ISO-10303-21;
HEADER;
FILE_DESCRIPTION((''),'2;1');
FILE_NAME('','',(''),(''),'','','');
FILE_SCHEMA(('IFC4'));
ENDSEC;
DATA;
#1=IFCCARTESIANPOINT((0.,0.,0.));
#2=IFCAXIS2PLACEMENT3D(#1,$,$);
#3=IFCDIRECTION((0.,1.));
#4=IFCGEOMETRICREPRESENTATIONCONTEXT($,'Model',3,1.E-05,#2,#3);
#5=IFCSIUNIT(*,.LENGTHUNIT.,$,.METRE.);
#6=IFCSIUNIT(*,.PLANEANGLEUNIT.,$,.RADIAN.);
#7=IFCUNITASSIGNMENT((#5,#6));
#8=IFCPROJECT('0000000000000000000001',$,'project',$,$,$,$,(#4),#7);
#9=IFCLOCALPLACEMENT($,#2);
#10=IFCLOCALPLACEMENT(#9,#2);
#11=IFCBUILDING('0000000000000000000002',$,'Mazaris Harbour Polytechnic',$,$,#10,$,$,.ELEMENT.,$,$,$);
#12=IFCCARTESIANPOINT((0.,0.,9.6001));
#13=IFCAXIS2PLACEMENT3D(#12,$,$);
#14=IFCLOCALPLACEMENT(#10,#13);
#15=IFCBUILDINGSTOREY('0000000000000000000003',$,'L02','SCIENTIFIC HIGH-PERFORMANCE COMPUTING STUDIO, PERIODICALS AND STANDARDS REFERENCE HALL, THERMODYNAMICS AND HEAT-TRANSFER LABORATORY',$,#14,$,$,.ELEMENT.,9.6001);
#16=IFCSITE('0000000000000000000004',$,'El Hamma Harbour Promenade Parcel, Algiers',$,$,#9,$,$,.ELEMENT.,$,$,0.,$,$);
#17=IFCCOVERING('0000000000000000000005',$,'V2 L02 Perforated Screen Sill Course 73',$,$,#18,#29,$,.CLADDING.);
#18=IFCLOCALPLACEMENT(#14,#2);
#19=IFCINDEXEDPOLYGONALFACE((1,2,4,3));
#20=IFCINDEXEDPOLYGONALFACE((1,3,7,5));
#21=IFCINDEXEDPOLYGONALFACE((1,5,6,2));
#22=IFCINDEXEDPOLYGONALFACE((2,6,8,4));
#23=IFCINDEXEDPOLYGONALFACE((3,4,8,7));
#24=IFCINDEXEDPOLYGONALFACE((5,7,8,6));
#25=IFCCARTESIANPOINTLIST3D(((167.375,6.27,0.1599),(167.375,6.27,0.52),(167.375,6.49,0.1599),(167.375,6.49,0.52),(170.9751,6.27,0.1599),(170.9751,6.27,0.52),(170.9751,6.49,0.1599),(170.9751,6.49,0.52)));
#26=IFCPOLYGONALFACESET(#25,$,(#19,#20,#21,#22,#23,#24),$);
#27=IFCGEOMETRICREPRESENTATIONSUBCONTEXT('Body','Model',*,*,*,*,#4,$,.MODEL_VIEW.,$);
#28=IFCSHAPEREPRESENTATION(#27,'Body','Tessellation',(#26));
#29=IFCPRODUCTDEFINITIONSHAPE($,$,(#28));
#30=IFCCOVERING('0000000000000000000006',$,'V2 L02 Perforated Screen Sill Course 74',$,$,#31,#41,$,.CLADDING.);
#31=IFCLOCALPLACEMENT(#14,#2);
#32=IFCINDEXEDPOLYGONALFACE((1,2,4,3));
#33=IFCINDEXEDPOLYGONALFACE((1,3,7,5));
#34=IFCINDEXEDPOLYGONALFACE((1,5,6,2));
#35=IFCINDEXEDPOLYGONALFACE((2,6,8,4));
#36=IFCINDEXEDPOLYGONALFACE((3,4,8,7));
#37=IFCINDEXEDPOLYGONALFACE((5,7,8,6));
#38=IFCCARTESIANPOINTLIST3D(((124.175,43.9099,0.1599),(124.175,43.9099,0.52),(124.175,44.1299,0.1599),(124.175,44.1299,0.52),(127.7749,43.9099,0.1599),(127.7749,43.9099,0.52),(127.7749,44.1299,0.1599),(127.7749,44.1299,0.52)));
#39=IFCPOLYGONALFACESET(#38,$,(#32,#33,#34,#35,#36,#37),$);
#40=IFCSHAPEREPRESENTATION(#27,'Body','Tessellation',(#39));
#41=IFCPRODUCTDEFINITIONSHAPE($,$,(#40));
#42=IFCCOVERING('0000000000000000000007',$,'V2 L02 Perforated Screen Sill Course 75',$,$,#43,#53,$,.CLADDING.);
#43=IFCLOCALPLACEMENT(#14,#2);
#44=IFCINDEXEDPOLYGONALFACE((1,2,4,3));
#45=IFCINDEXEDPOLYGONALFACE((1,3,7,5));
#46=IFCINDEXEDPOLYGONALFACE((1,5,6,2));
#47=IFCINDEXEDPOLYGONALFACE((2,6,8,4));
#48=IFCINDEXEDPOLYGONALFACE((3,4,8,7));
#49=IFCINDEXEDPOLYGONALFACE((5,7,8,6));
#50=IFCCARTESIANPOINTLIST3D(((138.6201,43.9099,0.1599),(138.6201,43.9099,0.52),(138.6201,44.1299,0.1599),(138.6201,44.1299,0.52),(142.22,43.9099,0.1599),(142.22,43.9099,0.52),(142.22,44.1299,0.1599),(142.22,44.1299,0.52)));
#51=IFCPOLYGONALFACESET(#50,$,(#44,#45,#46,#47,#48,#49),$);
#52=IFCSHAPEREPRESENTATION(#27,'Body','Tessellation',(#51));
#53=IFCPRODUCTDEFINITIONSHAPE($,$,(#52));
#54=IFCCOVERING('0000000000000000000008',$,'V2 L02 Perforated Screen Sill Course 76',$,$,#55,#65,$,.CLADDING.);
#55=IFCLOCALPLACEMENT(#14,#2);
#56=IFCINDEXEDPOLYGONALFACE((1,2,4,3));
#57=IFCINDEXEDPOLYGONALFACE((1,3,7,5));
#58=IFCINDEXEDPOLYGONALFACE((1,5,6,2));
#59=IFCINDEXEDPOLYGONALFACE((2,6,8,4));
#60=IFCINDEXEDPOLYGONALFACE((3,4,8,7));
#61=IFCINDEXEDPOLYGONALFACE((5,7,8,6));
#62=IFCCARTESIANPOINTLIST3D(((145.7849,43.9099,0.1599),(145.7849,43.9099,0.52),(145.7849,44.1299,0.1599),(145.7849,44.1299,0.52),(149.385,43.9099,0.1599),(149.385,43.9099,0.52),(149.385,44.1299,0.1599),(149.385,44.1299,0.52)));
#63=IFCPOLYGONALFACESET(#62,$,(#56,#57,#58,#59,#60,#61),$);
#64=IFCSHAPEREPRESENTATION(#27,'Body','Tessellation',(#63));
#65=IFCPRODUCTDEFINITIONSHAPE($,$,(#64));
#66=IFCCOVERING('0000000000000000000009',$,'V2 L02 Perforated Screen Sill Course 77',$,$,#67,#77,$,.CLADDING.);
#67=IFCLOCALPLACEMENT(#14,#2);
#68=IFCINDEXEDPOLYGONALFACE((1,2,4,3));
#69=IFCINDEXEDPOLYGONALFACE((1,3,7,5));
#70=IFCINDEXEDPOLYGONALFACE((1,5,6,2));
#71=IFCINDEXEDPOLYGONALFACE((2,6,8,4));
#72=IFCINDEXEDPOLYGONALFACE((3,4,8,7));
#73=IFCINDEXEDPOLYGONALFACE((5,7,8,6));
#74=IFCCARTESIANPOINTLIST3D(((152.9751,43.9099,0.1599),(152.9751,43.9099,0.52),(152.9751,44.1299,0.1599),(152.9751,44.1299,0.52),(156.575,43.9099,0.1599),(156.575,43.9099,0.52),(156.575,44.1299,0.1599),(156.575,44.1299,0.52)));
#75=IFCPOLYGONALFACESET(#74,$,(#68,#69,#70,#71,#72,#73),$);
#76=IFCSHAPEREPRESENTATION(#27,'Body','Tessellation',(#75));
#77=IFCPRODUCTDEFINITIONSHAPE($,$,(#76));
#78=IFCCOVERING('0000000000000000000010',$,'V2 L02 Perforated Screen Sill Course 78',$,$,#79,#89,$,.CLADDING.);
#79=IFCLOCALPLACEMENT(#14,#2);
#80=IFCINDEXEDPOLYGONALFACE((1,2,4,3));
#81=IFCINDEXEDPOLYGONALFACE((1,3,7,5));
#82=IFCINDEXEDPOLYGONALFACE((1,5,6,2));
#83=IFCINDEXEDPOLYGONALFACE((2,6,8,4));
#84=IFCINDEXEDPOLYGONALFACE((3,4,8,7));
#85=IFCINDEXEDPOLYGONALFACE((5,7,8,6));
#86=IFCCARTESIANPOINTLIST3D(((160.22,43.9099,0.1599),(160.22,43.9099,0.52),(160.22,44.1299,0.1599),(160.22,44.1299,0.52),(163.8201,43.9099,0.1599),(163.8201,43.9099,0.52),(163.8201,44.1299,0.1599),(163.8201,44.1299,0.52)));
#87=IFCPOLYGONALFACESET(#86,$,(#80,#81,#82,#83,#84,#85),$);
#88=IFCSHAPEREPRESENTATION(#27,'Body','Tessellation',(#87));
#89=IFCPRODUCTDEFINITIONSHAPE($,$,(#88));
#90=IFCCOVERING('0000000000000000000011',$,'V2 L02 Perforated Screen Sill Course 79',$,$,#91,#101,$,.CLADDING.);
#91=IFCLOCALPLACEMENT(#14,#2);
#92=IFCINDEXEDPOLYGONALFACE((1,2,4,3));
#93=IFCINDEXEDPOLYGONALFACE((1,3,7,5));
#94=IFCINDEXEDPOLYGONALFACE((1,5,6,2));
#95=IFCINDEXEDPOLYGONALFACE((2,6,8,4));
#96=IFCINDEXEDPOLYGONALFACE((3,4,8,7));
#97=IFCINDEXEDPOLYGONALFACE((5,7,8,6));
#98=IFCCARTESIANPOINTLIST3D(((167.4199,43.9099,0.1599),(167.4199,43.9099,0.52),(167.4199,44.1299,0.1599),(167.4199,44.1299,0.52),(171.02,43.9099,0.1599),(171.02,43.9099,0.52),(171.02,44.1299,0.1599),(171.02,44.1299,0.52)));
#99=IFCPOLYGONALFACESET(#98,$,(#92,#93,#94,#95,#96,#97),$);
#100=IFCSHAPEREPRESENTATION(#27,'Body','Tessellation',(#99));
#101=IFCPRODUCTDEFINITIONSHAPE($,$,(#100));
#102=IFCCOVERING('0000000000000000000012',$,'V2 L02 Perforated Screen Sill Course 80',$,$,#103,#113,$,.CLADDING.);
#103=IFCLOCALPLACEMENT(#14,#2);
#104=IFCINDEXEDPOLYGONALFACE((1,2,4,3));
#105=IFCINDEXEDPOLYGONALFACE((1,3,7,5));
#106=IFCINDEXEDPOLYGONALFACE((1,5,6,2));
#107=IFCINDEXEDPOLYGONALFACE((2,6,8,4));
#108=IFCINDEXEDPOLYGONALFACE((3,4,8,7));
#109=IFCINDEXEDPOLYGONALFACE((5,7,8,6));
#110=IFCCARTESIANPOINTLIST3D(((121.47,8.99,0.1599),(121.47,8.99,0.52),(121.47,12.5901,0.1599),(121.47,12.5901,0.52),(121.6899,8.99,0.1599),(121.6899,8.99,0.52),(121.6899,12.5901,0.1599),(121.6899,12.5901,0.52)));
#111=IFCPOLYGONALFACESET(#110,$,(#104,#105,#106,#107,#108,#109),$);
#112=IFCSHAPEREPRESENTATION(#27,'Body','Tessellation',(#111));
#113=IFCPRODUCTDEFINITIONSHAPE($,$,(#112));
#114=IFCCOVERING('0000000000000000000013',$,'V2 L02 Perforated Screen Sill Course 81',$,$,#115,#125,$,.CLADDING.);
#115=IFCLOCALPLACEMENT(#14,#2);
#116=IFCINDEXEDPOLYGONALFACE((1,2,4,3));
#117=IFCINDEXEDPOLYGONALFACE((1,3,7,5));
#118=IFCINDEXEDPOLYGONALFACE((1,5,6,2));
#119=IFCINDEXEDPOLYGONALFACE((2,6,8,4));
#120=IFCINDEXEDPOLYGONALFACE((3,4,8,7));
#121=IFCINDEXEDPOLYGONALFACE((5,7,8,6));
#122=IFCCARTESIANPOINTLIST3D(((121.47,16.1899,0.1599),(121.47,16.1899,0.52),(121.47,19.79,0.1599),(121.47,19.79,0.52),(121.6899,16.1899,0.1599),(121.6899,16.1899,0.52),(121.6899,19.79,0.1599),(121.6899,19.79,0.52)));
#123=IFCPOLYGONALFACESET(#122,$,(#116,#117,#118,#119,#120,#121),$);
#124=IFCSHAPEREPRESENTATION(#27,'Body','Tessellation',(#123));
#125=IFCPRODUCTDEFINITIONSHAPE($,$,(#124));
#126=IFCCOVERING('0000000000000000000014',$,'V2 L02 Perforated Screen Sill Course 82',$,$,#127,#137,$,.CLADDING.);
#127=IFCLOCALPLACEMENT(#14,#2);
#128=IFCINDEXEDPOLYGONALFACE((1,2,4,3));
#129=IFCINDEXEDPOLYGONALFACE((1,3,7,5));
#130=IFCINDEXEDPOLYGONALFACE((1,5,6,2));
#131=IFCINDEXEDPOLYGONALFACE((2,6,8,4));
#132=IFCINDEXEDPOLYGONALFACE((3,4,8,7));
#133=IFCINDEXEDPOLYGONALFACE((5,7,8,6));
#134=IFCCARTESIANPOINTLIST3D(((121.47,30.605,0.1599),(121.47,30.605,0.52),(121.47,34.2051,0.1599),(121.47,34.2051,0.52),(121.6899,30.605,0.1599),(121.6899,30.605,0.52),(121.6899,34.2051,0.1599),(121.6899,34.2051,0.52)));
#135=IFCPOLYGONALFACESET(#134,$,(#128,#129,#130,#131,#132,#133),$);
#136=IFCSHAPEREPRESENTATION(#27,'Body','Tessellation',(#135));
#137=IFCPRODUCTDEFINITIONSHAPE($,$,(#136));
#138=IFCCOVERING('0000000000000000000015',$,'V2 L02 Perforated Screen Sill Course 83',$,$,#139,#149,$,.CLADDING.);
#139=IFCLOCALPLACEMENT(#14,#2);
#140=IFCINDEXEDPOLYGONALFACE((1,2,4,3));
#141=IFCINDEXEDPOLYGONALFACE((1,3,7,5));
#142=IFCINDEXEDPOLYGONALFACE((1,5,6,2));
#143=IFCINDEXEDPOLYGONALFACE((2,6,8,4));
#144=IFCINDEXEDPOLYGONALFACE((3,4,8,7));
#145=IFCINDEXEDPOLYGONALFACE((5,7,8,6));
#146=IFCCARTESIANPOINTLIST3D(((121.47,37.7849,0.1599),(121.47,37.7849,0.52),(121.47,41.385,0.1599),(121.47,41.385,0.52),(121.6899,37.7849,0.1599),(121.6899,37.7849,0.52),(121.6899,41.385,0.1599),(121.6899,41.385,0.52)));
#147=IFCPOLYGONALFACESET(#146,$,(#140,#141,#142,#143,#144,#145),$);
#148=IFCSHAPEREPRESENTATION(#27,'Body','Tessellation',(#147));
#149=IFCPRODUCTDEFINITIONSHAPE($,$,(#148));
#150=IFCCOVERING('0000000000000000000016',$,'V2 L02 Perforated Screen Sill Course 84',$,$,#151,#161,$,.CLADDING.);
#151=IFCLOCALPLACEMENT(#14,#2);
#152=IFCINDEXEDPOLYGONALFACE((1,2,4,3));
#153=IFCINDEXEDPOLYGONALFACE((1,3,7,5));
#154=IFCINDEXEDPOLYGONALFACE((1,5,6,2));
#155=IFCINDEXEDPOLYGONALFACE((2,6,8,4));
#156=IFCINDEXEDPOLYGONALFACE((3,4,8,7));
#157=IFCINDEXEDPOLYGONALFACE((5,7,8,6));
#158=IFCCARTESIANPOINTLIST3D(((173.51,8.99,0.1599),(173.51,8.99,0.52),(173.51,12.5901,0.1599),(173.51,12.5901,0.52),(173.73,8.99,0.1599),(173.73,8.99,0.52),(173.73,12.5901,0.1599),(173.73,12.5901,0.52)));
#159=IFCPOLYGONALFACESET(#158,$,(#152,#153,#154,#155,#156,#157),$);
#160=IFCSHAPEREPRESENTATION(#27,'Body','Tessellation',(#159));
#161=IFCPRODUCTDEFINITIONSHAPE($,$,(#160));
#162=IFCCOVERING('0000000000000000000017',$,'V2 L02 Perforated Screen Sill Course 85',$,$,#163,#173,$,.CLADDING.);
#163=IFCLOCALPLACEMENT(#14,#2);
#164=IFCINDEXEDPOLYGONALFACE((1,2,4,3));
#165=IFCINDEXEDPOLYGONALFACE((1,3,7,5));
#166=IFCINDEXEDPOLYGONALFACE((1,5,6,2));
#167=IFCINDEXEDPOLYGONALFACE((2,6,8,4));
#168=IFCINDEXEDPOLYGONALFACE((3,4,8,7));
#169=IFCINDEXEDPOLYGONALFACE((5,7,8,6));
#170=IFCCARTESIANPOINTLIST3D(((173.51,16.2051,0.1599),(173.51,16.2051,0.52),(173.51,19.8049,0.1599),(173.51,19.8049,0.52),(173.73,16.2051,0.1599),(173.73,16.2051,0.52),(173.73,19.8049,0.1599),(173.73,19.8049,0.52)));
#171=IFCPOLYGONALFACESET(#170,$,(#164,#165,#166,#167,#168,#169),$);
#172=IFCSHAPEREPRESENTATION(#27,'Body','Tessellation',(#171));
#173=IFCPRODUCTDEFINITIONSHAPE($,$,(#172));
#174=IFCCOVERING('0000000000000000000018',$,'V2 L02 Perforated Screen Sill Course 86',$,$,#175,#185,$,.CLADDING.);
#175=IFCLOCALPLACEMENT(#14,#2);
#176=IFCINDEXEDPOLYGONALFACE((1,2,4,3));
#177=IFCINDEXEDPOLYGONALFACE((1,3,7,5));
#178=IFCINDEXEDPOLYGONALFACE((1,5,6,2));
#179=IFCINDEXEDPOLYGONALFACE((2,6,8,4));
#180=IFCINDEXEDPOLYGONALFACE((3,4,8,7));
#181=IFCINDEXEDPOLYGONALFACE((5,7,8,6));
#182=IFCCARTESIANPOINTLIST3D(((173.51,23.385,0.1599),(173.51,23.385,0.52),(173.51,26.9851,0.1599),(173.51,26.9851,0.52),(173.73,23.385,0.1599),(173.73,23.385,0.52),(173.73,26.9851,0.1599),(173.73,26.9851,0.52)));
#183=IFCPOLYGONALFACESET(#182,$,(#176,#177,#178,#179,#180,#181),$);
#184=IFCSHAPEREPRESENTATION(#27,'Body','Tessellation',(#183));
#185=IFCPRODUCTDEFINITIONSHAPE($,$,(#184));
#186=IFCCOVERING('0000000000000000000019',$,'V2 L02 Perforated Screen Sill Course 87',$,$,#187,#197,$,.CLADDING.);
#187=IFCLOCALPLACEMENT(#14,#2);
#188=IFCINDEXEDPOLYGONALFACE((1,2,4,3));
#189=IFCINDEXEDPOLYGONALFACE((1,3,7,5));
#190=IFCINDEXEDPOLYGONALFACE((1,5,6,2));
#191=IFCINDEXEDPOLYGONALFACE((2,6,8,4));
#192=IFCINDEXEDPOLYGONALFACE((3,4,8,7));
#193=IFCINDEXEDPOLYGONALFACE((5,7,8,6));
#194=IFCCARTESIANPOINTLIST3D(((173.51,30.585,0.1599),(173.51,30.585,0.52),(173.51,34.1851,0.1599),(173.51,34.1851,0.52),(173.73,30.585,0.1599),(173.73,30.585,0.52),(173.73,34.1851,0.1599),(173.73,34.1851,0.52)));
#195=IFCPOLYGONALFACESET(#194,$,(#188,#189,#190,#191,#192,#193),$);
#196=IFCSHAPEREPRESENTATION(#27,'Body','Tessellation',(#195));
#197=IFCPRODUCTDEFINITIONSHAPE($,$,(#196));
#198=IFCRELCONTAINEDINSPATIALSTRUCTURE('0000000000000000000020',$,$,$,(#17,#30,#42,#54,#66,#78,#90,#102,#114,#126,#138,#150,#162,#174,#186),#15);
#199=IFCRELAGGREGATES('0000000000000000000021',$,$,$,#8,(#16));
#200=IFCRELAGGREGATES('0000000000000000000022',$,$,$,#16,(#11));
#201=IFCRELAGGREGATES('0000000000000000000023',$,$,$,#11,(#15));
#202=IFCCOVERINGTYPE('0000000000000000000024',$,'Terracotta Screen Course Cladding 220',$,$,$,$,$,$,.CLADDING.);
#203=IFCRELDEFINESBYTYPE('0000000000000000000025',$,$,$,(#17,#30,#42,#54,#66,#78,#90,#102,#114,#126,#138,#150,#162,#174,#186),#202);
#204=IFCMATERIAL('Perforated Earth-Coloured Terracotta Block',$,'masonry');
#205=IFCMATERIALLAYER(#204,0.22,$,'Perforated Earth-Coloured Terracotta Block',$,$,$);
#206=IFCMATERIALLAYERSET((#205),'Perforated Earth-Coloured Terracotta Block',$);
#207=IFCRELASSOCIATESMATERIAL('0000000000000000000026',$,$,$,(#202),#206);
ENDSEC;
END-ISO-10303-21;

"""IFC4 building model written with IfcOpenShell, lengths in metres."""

from ifc_helpers import new_model, si_unit, direction, frame, origin, place, context, subcontext, project, spatial, polyline, outline, extrude, material, layer, layer_set, type_object, element, save


model = new_model("IFC4")

# Units and contexts
model_context = context("Model", 3, precision=1e-05, world=origin(), true_north=direction((0.0, 1.0)))
body_context = subcontext(model_context, "Body", "Model", "MODEL_VIEW")
ifc_project = project(units=[si_unit("LENGTHUNIT", "METRE"), si_unit("PLANEANGLEUNIT", "RADIAN")], contexts=[model_context])

# Site, building, storey
site_placement = place(None, origin())
site = spatial("IfcSite", under=ifc_project, at=site_placement, Name="El Hamma Harbour Promenade Parcel, Algiers", CompositionType="ELEMENT", RefElevation=0.0)
building_placement = place(site_placement, origin())
building = spatial("IfcBuilding", under=site, at=building_placement, Name="Mazaris Harbour Polytechnic", CompositionType="ELEMENT")
storey_placement = place(building_placement, frame((0.0, 0.0, 9.6001)))
storey = spatial("IfcBuildingStorey", under=building, at=storey_placement, Name="L02", Description="SCIENTIFIC HIGH-PERFORMANCE COMPUTING STUDIO, PERIODICALS AND STANDARDS REFERENCE HALL, THERMODYNAMICS AND HEAT-TRANSFER LABORATORY", CompositionType="ELEMENT", Elevation=9.6001)

# Coverings
ifc_material = material(Name="Perforated Earth-Coloured Terracotta Block", Category="masonry")
ifc_layer = layer(ifc_material, 0.22, Name="Perforated Earth-Coloured Terracotta Block")
ifc_layer_set = layer_set([ifc_layer], Name="Perforated Earth-Coloured Terracotta Block")
covering_type = type_object("IfcCoveringType", Name="Terracotta Screen Course Cladding 220", PredefinedType="CLADDING", material=ifc_layer_set)
covering_1_placement = place(storey_placement, frame((0.0, 0.0, 0.1599)))
element("IfcCovering", 1, at=covering_1_placement, inside=storey, type_object=covering_type, Name="V2 L02 Perforated Screen Sill Course 73", PredefinedType="CLADDING", context=body_context, shape_type="SweptSolid", body=[
    extrude(outline(polyline([(170.9751, 6.49), (167.375, 6.49), (167.375, 6.27), (170.9751, 6.27), (170.9751, 6.49)])), origin(), (0.0, 0.0, 1.0), 0.3601),
])
covering_2_placement = place(storey_placement, frame((0.0, 0.0, 0.1599)))
element("IfcCovering", 2, at=covering_2_placement, inside=storey, type_object=covering_type, Name="V2 L02 Perforated Screen Sill Course 74", PredefinedType="CLADDING", context=body_context, shape_type="SweptSolid", body=[
    extrude(outline(polyline([(124.175, 43.9099), (127.7749, 43.9099), (127.7749, 44.1299), (124.175, 44.1299), (124.175, 43.9099)])), origin(), (0.0, 0.0, 1.0), 0.3601),
])
covering_3_placement = place(storey_placement, frame((0.0, 0.0, 0.1599)))
element("IfcCovering", 3, at=covering_3_placement, inside=storey, type_object=covering_type, Name="V2 L02 Perforated Screen Sill Course 75", PredefinedType="CLADDING", context=body_context, shape_type="SweptSolid", body=[
    extrude(outline(polyline([(138.6201, 43.9099), (142.22, 43.9099), (142.22, 44.1299), (138.6201, 44.1299), (138.6201, 43.9099)])), origin(), (0.0, 0.0, 1.0), 0.3601),
])
covering_4_placement = place(storey_placement, frame((0.0, 0.0, 0.1599)))
element("IfcCovering", 4, at=covering_4_placement, inside=storey, type_object=covering_type, Name="V2 L02 Perforated Screen Sill Course 76", PredefinedType="CLADDING", context=body_context, shape_type="SweptSolid", body=[
    extrude(outline(polyline([(145.7849, 43.9099), (149.385, 43.9099), (149.385, 44.1299), (145.7849, 44.1299), (145.7849, 43.9099)])), origin(), (0.0, 0.0, 1.0), 0.3601),
])
covering_5_placement = place(storey_placement, frame((0.0, 0.0, 0.1599)))
element("IfcCovering", 5, at=covering_5_placement, inside=storey, type_object=covering_type, Name="V2 L02 Perforated Screen Sill Course 77", PredefinedType="CLADDING", context=body_context, shape_type="SweptSolid", body=[
    extrude(outline(polyline([(152.9751, 43.9099), (156.575, 43.9099), (156.575, 44.1299), (152.9751, 44.1299), (152.9751, 43.9099)])), origin(), (0.0, 0.0, 1.0), 0.3601),
])
covering_6_placement = place(storey_placement, frame((0.0, 0.0, 0.1599)))
element("IfcCovering", 6, at=covering_6_placement, inside=storey, type_object=covering_type, Name="V2 L02 Perforated Screen Sill Course 78", PredefinedType="CLADDING", context=body_context, shape_type="SweptSolid", body=[
    extrude(outline(polyline([(160.22, 43.9099), (163.8201, 43.9099), (163.8201, 44.1299), (160.22, 44.1299), (160.22, 43.9099)])), origin(), (0.0, 0.0, 1.0), 0.3601),
])
covering_7_placement = place(storey_placement, frame((0.0, 0.0, 0.1599)))
element("IfcCovering", 7, at=covering_7_placement, inside=storey, type_object=covering_type, Name="V2 L02 Perforated Screen Sill Course 79", PredefinedType="CLADDING", context=body_context, shape_type="SweptSolid", body=[
    extrude(outline(polyline([(167.4199, 43.9099), (171.02, 43.9099), (171.02, 44.1299), (167.4199, 44.1299), (167.4199, 43.9099)])), origin(), (0.0, 0.0, 1.0), 0.3601),
])
covering_8_placement = place(storey_placement, frame((0.0, 0.0, 0.1599)))
element("IfcCovering", 8, at=covering_8_placement, inside=storey, type_object=covering_type, Name="V2 L02 Perforated Screen Sill Course 80", PredefinedType="CLADDING", context=body_context, shape_type="SweptSolid", body=[
    extrude(outline(polyline([(121.6899, 8.99), (121.6899, 12.5901), (121.47, 12.5901), (121.47, 8.99), (121.6899, 8.99)])), origin(), (0.0, 0.0, 1.0), 0.3601),
])
covering_9_placement = place(storey_placement, frame((0.0, 0.0, 0.1599)))
element("IfcCovering", 9, at=covering_9_placement, inside=storey, type_object=covering_type, Name="V2 L02 Perforated Screen Sill Course 81", PredefinedType="CLADDING", context=body_context, shape_type="SweptSolid", body=[
    extrude(outline(polyline([(121.6899, 16.1899), (121.6899, 19.79), (121.47, 19.79), (121.47, 16.1899), (121.6899, 16.1899)])), origin(), (0.0, 0.0, 1.0), 0.3601),
])
covering_10_placement = place(storey_placement, frame((0.0, 0.0, 0.1599)))
element("IfcCovering", 10, at=covering_10_placement, inside=storey, type_object=covering_type, Name="V2 L02 Perforated Screen Sill Course 82", PredefinedType="CLADDING", context=body_context, shape_type="SweptSolid", body=[
    extrude(outline(polyline([(121.6899, 30.605), (121.6899, 34.2051), (121.47, 34.2051), (121.47, 30.605), (121.6899, 30.605)])), origin(), (0.0, 0.0, 1.0), 0.3601),
])
covering_11_placement = place(storey_placement, frame((0.0, 0.0, 0.1599)))
element("IfcCovering", 11, at=covering_11_placement, inside=storey, type_object=covering_type, Name="V2 L02 Perforated Screen Sill Course 83", PredefinedType="CLADDING", context=body_context, shape_type="SweptSolid", body=[
    extrude(outline(polyline([(121.6899, 37.7849), (121.6899, 41.385), (121.47, 41.385), (121.47, 37.7849), (121.6899, 37.7849)])), origin(), (0.0, 0.0, 1.0), 0.3601),
])
covering_12_placement = place(storey_placement, frame((0.0, 0.0, 0.1599)))
element("IfcCovering", 12, at=covering_12_placement, inside=storey, type_object=covering_type, Name="V2 L02 Perforated Screen Sill Course 84", PredefinedType="CLADDING", context=body_context, shape_type="SweptSolid", body=[
    extrude(outline(polyline([(173.51, 12.5901), (173.51, 8.99), (173.73, 8.99), (173.73, 12.5901), (173.51, 12.5901)])), origin(), (0.0, 0.0, 1.0), 0.3601),
])
covering_13_placement = place(storey_placement, frame((0.0, 0.0, 0.1599)))
element("IfcCovering", 13, at=covering_13_placement, inside=storey, type_object=covering_type, Name="V2 L02 Perforated Screen Sill Course 85", PredefinedType="CLADDING", context=body_context, shape_type="SweptSolid", body=[
    extrude(outline(polyline([(173.51, 19.8049), (173.51, 16.2051), (173.73, 16.2051), (173.73, 19.8049), (173.51, 19.8049)])), origin(), (0.0, 0.0, 1.0), 0.3601),
])
covering_14_placement = place(storey_placement, frame((0.0, 0.0, 0.1599)))
element("IfcCovering", 14, at=covering_14_placement, inside=storey, type_object=covering_type, Name="V2 L02 Perforated Screen Sill Course 86", PredefinedType="CLADDING", context=body_context, shape_type="SweptSolid", body=[
    extrude(outline(polyline([(173.51, 26.9851), (173.51, 23.385), (173.73, 23.385), (173.73, 26.9851), (173.51, 26.9851)])), origin(), (0.0, 0.0, 1.0), 0.3601),
])
covering_15_placement = place(storey_placement, frame((0.0, 0.0, 0.1599)))
element("IfcCovering", 15, at=covering_15_placement, inside=storey, type_object=covering_type, Name="V2 L02 Perforated Screen Sill Course 87", PredefinedType="CLADDING", context=body_context, shape_type="SweptSolid", body=[
    extrude(outline(polyline([(173.51, 34.1851), (173.51, 30.585), (173.73, 30.585), (173.73, 34.1851), (173.51, 34.1851)])), origin(), (0.0, 0.0, 1.0), 0.3601),
])

save(model, "model.ifc")
